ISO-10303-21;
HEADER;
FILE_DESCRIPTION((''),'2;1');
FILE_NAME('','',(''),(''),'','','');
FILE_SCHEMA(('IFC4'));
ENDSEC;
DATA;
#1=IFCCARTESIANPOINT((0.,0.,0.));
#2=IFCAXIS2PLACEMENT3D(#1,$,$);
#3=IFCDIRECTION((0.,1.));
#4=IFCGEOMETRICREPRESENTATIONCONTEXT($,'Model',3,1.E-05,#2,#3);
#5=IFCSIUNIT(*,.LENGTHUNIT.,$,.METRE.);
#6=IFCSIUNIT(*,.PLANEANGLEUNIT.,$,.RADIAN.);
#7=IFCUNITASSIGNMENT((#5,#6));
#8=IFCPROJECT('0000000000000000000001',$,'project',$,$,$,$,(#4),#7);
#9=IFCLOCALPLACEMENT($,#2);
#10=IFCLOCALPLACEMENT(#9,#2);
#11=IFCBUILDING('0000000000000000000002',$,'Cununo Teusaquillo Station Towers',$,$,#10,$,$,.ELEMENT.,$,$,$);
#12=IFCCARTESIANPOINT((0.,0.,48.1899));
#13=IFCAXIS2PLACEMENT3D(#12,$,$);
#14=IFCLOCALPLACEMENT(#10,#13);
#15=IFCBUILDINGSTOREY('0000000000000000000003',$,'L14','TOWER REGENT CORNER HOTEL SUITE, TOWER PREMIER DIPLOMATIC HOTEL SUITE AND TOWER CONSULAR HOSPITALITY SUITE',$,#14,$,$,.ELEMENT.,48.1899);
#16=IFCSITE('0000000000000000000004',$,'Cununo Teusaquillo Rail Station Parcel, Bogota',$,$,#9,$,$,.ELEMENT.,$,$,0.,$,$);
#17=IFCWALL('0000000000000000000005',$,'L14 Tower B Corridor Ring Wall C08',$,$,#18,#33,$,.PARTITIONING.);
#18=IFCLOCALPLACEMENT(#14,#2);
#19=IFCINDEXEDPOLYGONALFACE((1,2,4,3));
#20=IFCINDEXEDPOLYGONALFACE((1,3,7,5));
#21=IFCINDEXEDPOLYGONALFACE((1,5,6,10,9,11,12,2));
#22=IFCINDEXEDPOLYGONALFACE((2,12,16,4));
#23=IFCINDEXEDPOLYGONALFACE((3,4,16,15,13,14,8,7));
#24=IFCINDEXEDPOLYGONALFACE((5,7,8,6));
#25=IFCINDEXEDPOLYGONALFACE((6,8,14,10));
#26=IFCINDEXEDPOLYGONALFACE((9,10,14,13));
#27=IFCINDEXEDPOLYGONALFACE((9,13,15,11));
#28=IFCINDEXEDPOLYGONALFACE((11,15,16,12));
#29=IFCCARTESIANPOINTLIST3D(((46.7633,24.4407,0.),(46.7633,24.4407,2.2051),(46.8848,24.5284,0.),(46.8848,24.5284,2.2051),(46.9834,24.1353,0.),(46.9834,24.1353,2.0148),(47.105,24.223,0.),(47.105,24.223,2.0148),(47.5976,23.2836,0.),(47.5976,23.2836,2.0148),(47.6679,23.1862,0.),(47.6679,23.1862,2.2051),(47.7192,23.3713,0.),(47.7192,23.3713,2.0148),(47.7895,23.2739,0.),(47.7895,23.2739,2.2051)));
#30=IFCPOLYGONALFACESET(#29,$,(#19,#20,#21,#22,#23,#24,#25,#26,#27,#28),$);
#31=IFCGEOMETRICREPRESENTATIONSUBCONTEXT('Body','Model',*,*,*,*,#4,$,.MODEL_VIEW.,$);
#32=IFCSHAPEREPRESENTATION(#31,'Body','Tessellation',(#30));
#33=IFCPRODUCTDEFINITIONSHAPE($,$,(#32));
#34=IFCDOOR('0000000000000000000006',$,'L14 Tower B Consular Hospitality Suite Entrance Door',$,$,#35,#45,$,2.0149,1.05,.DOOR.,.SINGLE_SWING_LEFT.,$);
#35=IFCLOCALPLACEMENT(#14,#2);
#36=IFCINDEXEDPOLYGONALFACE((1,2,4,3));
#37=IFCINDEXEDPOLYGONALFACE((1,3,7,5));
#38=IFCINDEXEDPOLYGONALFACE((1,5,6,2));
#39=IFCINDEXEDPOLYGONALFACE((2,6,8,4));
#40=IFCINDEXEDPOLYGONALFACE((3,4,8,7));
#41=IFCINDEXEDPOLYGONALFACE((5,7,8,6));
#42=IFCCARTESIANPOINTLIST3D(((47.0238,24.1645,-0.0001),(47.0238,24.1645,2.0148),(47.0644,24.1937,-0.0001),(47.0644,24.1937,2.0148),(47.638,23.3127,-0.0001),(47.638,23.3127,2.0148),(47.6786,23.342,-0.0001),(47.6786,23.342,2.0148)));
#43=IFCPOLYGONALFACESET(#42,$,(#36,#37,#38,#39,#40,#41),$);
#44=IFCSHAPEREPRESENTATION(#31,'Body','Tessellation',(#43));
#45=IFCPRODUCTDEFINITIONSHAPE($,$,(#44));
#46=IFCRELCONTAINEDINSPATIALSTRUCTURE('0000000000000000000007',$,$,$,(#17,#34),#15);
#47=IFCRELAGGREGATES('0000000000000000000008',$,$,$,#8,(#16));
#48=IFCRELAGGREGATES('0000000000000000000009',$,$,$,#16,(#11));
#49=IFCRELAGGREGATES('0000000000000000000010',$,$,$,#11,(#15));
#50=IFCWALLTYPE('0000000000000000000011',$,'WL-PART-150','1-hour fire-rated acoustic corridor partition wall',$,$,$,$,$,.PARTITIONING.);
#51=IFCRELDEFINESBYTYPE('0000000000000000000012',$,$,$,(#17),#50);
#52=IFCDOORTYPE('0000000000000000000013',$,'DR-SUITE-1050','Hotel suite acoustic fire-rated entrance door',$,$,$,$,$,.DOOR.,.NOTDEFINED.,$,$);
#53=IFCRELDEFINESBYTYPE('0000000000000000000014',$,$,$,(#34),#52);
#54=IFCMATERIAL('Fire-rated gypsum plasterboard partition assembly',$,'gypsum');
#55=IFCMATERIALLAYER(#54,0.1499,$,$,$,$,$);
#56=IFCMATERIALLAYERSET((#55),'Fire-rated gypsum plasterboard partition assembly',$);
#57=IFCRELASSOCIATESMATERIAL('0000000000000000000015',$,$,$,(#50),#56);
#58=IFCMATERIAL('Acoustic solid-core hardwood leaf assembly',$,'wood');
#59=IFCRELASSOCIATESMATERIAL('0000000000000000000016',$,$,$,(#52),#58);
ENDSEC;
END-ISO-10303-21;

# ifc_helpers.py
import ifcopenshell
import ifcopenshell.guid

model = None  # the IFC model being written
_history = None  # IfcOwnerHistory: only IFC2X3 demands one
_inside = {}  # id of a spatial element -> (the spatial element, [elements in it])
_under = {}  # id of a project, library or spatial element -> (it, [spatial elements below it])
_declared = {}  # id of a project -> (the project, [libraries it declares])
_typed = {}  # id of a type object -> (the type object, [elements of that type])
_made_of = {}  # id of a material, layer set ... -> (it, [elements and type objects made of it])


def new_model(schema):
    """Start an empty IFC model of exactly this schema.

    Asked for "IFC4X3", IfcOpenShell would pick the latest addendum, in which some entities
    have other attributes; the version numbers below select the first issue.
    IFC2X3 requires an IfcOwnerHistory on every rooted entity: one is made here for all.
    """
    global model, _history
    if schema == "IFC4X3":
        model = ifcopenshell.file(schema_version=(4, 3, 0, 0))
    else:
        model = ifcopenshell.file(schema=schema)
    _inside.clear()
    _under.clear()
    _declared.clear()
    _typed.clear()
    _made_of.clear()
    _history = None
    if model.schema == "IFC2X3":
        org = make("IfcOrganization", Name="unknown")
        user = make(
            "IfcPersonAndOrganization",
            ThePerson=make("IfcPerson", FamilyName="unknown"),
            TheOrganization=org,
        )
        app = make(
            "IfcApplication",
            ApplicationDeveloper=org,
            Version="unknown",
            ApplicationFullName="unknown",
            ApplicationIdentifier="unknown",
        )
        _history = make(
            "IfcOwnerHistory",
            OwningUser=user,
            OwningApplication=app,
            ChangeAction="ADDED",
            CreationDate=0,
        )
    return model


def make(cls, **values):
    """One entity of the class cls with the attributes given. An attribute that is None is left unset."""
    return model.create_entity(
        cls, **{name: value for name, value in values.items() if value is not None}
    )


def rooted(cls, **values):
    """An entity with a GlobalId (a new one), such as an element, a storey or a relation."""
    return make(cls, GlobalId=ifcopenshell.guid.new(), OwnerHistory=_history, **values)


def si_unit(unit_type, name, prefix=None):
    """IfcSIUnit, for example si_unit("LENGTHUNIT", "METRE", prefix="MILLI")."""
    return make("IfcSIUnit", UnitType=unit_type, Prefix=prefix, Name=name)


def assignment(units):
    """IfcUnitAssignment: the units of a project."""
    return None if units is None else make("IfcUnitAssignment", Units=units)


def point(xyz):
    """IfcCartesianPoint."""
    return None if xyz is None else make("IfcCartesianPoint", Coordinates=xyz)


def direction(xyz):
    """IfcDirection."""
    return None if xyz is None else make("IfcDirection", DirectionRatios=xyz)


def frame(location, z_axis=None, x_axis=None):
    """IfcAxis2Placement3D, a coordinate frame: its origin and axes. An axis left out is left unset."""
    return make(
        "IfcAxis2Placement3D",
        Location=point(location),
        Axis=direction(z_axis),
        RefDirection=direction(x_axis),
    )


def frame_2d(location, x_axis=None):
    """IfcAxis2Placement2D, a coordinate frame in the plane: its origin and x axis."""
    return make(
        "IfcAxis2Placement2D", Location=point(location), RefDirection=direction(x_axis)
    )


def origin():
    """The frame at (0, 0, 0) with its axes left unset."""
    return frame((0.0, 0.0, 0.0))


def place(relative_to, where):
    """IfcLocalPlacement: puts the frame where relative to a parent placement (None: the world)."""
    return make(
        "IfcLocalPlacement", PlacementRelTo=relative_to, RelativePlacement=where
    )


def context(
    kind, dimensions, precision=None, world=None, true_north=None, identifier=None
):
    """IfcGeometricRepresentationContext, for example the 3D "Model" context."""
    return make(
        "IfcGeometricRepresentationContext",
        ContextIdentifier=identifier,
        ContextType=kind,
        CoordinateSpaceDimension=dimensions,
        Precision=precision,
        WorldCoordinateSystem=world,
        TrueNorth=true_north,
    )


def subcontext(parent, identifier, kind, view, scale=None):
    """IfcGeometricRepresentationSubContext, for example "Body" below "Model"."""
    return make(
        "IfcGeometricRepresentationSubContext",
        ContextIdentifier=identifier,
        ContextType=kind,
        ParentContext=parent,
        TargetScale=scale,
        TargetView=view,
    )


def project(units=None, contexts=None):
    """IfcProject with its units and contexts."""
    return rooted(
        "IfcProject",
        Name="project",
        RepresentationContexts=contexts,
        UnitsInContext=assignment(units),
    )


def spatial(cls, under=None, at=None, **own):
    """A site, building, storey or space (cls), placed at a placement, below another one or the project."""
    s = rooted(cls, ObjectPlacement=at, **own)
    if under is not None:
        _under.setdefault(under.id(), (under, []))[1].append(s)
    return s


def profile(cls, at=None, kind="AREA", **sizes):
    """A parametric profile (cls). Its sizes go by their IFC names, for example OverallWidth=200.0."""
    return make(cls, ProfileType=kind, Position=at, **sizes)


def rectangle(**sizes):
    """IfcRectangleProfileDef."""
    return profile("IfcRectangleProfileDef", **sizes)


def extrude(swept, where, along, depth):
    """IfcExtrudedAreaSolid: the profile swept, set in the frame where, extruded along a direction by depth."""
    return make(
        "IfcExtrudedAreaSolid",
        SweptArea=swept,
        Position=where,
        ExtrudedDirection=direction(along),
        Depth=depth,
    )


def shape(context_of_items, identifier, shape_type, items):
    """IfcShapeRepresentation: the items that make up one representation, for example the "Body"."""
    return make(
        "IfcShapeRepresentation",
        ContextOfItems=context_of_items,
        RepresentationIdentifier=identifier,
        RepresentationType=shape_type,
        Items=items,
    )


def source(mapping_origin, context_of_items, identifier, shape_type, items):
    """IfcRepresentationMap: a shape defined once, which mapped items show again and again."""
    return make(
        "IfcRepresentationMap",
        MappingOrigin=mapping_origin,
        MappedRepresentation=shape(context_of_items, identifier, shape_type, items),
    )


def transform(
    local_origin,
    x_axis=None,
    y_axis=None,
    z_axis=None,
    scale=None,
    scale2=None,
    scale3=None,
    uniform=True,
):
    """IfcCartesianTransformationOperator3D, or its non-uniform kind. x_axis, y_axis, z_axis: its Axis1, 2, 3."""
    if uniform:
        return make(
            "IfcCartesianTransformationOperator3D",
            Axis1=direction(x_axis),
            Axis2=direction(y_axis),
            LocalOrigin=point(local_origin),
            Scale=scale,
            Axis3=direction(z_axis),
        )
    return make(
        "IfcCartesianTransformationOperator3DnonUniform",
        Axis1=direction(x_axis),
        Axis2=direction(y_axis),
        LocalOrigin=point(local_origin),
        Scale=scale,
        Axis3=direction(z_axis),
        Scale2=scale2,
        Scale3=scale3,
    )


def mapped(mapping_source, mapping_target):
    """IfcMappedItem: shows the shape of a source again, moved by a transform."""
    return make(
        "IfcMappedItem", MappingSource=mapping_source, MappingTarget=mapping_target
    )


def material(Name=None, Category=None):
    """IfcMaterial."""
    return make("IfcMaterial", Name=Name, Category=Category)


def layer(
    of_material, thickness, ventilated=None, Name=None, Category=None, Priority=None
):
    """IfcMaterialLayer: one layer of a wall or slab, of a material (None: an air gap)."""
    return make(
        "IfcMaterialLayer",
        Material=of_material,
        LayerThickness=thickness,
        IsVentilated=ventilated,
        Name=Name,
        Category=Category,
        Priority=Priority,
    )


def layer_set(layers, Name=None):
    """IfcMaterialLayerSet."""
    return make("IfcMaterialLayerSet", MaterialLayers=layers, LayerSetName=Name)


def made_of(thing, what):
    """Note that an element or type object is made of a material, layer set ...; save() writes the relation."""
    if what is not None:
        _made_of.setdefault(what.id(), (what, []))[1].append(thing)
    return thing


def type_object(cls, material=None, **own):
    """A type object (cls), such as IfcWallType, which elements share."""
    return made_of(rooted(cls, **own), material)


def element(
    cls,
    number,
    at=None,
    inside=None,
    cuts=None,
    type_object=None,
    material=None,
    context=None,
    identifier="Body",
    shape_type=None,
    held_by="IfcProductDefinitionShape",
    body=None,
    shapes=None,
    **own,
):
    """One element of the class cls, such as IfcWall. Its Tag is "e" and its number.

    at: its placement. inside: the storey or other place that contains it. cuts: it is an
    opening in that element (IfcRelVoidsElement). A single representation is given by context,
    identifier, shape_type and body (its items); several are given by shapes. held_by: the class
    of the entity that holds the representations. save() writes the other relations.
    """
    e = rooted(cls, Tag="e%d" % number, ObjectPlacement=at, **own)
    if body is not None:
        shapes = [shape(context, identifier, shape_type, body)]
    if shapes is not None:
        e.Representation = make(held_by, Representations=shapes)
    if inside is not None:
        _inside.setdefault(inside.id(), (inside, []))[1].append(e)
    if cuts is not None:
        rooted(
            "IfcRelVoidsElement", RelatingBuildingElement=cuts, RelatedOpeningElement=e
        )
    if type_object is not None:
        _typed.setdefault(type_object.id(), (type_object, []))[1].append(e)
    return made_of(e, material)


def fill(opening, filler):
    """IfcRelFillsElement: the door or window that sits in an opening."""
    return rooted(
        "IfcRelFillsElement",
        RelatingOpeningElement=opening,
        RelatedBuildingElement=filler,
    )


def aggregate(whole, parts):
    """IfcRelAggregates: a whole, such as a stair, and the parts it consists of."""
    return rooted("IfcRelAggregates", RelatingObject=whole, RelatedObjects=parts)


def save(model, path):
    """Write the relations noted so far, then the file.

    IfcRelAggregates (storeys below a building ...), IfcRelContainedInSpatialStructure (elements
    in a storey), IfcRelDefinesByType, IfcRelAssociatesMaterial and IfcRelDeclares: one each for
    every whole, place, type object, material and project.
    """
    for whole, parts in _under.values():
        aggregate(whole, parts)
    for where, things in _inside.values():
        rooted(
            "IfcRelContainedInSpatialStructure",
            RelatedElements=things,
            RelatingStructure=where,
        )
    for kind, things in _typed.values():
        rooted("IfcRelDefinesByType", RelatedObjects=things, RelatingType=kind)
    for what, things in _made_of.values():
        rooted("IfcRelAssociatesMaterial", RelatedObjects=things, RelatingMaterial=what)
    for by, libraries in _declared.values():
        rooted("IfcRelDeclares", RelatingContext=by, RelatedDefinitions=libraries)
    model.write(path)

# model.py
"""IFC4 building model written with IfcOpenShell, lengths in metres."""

from ifc_helpers import new_model, si_unit, direction, frame, frame_2d, origin, place, context, subcontext, project, spatial, rectangle, extrude, source, transform, mapped, material, layer, layer_set, type_object, element, fill, save


model = new_model("IFC4")

# Units and contexts
model_context = context("Model", 3, precision=1e-05, world=origin(), true_north=direction((0.0, 1.0)))
body_context = subcontext(model_context, "Body", "Model", "MODEL_VIEW")
ifc_project = project(units=[si_unit("LENGTHUNIT", "METRE"), si_unit("PLANEANGLEUNIT", "RADIAN")], contexts=[model_context])

# Site, building, storey
site_placement = place(None, origin())
site = spatial("IfcSite", under=ifc_project, at=site_placement, Name="Cununo Teusaquillo Rail Station Parcel, Bogota", CompositionType="ELEMENT", RefElevation=0.0)
building_placement = place(site_placement, origin())
building = spatial("IfcBuilding", under=site, at=building_placement, Name="Cununo Teusaquillo Station Towers", CompositionType="ELEMENT")
storey_placement = place(building_placement, frame((0.0, 0.0, 48.1899)))
storey = spatial("IfcBuildingStorey", under=building, at=storey_placement, Name="L14", Description="TOWER REGENT CORNER HOTEL SUITE, TOWER PREMIER DIPLOMATIC HOTEL SUITE AND TOWER CONSULAR HOSPITALITY SUITE", CompositionType="ELEMENT", Elevation=48.1899)

# Wall, opening, door
ifc_material_1 = material(Name="Fire-rated gypsum plasterboard partition assembly", Category="gypsum")
ifc_layer_1 = layer(ifc_material_1, 0.1499)
ifc_layer_set_1 = layer_set([ifc_layer_1], Name="Fire-rated gypsum plasterboard partition assembly")
wall_type_1 = type_object("IfcWallType", Name="WL-PART-150", Description="1-hour fire-rated acoustic corridor partition wall", PredefinedType="PARTITIONING", material=ifc_layer_set_1)
wall_1_placement = place(storey_placement, frame((46.824, 24.4846, 0.0), z_axis=(0.0, 0.0, 1.0), x_axis=(0.584891, -0.811112, 0.0)))
wall_1 = element("IfcWall", 1, at=wall_1_placement, inside=storey, type_object=wall_type_1, Name="L14 Tower B Corridor Ring Wall C08", PredefinedType="PARTITIONING", context=body_context, shape_type="SweptSolid", body=[
    extrude(rectangle(XDim=1.5466, YDim=0.1499, at=frame_2d((0.7734, 0.0))), origin(), (0.0, 0.0, 1.0), 2.2051),
])
shared_shape_1 = source(origin(), body_context, "Body", "SweptSolid", [
    extrude(rectangle(XDim=1.05, YDim=2.0149, at=frame_2d((0.5249, 1.0073))), frame((0.0, 0.085, 0.0), z_axis=(0.0, -1.0, 0.0), x_axis=(1.0, 0.0, 0.0)), (0.0, 0.0, 1.0), 0.1699),
])
opening_1_placement = place(wall_1_placement, frame((0.3767, 0.0, 0.0)))
opening_1 = element("IfcOpeningElement", 2, at=opening_1_placement, cuts=wall_1, PredefinedType="OPENING", context=body_context, shape_type="MappedRepresentation", body=[
    mapped(shared_shape_1, transform((0.0, 0.0, 0.0), x_axis=(1.0, 0.0, 0.0), y_axis=(0.0, 1.0, 0.0), z_axis=(0.0, 0.0, 1.0), scale=1.0)),
])
ifc_material_2 = material(Name="Acoustic solid-core hardwood leaf assembly", Category="wood")
door_type = type_object("IfcDoorType", Name="DR-SUITE-1050", Description="Hotel suite acoustic fire-rated entrance door", OperationType="NOTDEFINED", PredefinedType="DOOR", material=ifc_material_2)
shared_shape_2 = source(origin(), body_context, "Body", "SweptSolid", [
    extrude(rectangle(XDim=1.05, YDim=2.0149, at=frame_2d((0.5249, 1.0073))), frame((0.0, 0.0249, 0.0), z_axis=(0.0, -1.0, 0.0), x_axis=(1.0, 0.0, 0.0)), (0.0, 0.0, 1.0), 0.05),
])
door_placement = place(opening_1_placement, origin())
door = element("IfcDoor", 3, at=door_placement, inside=storey, type_object=door_type, Name="L14 Tower B Consular Hospitality Suite Entrance Door", OperationType="SINGLE_SWING_LEFT", OverallHeight=2.0149, OverallWidth=1.05, PredefinedType="DOOR", context=body_context, shape_type="MappedRepresentation", body=[
    mapped(shared_shape_2, transform((0.0, 0.0, 0.0), x_axis=(1.0, 0.0, 0.0), y_axis=(0.0, 1.0, 0.0), z_axis=(0.0, 0.0, 1.0), scale=1.0)),
])
fill(opening_1, door)

save(model, "model.ifc")
